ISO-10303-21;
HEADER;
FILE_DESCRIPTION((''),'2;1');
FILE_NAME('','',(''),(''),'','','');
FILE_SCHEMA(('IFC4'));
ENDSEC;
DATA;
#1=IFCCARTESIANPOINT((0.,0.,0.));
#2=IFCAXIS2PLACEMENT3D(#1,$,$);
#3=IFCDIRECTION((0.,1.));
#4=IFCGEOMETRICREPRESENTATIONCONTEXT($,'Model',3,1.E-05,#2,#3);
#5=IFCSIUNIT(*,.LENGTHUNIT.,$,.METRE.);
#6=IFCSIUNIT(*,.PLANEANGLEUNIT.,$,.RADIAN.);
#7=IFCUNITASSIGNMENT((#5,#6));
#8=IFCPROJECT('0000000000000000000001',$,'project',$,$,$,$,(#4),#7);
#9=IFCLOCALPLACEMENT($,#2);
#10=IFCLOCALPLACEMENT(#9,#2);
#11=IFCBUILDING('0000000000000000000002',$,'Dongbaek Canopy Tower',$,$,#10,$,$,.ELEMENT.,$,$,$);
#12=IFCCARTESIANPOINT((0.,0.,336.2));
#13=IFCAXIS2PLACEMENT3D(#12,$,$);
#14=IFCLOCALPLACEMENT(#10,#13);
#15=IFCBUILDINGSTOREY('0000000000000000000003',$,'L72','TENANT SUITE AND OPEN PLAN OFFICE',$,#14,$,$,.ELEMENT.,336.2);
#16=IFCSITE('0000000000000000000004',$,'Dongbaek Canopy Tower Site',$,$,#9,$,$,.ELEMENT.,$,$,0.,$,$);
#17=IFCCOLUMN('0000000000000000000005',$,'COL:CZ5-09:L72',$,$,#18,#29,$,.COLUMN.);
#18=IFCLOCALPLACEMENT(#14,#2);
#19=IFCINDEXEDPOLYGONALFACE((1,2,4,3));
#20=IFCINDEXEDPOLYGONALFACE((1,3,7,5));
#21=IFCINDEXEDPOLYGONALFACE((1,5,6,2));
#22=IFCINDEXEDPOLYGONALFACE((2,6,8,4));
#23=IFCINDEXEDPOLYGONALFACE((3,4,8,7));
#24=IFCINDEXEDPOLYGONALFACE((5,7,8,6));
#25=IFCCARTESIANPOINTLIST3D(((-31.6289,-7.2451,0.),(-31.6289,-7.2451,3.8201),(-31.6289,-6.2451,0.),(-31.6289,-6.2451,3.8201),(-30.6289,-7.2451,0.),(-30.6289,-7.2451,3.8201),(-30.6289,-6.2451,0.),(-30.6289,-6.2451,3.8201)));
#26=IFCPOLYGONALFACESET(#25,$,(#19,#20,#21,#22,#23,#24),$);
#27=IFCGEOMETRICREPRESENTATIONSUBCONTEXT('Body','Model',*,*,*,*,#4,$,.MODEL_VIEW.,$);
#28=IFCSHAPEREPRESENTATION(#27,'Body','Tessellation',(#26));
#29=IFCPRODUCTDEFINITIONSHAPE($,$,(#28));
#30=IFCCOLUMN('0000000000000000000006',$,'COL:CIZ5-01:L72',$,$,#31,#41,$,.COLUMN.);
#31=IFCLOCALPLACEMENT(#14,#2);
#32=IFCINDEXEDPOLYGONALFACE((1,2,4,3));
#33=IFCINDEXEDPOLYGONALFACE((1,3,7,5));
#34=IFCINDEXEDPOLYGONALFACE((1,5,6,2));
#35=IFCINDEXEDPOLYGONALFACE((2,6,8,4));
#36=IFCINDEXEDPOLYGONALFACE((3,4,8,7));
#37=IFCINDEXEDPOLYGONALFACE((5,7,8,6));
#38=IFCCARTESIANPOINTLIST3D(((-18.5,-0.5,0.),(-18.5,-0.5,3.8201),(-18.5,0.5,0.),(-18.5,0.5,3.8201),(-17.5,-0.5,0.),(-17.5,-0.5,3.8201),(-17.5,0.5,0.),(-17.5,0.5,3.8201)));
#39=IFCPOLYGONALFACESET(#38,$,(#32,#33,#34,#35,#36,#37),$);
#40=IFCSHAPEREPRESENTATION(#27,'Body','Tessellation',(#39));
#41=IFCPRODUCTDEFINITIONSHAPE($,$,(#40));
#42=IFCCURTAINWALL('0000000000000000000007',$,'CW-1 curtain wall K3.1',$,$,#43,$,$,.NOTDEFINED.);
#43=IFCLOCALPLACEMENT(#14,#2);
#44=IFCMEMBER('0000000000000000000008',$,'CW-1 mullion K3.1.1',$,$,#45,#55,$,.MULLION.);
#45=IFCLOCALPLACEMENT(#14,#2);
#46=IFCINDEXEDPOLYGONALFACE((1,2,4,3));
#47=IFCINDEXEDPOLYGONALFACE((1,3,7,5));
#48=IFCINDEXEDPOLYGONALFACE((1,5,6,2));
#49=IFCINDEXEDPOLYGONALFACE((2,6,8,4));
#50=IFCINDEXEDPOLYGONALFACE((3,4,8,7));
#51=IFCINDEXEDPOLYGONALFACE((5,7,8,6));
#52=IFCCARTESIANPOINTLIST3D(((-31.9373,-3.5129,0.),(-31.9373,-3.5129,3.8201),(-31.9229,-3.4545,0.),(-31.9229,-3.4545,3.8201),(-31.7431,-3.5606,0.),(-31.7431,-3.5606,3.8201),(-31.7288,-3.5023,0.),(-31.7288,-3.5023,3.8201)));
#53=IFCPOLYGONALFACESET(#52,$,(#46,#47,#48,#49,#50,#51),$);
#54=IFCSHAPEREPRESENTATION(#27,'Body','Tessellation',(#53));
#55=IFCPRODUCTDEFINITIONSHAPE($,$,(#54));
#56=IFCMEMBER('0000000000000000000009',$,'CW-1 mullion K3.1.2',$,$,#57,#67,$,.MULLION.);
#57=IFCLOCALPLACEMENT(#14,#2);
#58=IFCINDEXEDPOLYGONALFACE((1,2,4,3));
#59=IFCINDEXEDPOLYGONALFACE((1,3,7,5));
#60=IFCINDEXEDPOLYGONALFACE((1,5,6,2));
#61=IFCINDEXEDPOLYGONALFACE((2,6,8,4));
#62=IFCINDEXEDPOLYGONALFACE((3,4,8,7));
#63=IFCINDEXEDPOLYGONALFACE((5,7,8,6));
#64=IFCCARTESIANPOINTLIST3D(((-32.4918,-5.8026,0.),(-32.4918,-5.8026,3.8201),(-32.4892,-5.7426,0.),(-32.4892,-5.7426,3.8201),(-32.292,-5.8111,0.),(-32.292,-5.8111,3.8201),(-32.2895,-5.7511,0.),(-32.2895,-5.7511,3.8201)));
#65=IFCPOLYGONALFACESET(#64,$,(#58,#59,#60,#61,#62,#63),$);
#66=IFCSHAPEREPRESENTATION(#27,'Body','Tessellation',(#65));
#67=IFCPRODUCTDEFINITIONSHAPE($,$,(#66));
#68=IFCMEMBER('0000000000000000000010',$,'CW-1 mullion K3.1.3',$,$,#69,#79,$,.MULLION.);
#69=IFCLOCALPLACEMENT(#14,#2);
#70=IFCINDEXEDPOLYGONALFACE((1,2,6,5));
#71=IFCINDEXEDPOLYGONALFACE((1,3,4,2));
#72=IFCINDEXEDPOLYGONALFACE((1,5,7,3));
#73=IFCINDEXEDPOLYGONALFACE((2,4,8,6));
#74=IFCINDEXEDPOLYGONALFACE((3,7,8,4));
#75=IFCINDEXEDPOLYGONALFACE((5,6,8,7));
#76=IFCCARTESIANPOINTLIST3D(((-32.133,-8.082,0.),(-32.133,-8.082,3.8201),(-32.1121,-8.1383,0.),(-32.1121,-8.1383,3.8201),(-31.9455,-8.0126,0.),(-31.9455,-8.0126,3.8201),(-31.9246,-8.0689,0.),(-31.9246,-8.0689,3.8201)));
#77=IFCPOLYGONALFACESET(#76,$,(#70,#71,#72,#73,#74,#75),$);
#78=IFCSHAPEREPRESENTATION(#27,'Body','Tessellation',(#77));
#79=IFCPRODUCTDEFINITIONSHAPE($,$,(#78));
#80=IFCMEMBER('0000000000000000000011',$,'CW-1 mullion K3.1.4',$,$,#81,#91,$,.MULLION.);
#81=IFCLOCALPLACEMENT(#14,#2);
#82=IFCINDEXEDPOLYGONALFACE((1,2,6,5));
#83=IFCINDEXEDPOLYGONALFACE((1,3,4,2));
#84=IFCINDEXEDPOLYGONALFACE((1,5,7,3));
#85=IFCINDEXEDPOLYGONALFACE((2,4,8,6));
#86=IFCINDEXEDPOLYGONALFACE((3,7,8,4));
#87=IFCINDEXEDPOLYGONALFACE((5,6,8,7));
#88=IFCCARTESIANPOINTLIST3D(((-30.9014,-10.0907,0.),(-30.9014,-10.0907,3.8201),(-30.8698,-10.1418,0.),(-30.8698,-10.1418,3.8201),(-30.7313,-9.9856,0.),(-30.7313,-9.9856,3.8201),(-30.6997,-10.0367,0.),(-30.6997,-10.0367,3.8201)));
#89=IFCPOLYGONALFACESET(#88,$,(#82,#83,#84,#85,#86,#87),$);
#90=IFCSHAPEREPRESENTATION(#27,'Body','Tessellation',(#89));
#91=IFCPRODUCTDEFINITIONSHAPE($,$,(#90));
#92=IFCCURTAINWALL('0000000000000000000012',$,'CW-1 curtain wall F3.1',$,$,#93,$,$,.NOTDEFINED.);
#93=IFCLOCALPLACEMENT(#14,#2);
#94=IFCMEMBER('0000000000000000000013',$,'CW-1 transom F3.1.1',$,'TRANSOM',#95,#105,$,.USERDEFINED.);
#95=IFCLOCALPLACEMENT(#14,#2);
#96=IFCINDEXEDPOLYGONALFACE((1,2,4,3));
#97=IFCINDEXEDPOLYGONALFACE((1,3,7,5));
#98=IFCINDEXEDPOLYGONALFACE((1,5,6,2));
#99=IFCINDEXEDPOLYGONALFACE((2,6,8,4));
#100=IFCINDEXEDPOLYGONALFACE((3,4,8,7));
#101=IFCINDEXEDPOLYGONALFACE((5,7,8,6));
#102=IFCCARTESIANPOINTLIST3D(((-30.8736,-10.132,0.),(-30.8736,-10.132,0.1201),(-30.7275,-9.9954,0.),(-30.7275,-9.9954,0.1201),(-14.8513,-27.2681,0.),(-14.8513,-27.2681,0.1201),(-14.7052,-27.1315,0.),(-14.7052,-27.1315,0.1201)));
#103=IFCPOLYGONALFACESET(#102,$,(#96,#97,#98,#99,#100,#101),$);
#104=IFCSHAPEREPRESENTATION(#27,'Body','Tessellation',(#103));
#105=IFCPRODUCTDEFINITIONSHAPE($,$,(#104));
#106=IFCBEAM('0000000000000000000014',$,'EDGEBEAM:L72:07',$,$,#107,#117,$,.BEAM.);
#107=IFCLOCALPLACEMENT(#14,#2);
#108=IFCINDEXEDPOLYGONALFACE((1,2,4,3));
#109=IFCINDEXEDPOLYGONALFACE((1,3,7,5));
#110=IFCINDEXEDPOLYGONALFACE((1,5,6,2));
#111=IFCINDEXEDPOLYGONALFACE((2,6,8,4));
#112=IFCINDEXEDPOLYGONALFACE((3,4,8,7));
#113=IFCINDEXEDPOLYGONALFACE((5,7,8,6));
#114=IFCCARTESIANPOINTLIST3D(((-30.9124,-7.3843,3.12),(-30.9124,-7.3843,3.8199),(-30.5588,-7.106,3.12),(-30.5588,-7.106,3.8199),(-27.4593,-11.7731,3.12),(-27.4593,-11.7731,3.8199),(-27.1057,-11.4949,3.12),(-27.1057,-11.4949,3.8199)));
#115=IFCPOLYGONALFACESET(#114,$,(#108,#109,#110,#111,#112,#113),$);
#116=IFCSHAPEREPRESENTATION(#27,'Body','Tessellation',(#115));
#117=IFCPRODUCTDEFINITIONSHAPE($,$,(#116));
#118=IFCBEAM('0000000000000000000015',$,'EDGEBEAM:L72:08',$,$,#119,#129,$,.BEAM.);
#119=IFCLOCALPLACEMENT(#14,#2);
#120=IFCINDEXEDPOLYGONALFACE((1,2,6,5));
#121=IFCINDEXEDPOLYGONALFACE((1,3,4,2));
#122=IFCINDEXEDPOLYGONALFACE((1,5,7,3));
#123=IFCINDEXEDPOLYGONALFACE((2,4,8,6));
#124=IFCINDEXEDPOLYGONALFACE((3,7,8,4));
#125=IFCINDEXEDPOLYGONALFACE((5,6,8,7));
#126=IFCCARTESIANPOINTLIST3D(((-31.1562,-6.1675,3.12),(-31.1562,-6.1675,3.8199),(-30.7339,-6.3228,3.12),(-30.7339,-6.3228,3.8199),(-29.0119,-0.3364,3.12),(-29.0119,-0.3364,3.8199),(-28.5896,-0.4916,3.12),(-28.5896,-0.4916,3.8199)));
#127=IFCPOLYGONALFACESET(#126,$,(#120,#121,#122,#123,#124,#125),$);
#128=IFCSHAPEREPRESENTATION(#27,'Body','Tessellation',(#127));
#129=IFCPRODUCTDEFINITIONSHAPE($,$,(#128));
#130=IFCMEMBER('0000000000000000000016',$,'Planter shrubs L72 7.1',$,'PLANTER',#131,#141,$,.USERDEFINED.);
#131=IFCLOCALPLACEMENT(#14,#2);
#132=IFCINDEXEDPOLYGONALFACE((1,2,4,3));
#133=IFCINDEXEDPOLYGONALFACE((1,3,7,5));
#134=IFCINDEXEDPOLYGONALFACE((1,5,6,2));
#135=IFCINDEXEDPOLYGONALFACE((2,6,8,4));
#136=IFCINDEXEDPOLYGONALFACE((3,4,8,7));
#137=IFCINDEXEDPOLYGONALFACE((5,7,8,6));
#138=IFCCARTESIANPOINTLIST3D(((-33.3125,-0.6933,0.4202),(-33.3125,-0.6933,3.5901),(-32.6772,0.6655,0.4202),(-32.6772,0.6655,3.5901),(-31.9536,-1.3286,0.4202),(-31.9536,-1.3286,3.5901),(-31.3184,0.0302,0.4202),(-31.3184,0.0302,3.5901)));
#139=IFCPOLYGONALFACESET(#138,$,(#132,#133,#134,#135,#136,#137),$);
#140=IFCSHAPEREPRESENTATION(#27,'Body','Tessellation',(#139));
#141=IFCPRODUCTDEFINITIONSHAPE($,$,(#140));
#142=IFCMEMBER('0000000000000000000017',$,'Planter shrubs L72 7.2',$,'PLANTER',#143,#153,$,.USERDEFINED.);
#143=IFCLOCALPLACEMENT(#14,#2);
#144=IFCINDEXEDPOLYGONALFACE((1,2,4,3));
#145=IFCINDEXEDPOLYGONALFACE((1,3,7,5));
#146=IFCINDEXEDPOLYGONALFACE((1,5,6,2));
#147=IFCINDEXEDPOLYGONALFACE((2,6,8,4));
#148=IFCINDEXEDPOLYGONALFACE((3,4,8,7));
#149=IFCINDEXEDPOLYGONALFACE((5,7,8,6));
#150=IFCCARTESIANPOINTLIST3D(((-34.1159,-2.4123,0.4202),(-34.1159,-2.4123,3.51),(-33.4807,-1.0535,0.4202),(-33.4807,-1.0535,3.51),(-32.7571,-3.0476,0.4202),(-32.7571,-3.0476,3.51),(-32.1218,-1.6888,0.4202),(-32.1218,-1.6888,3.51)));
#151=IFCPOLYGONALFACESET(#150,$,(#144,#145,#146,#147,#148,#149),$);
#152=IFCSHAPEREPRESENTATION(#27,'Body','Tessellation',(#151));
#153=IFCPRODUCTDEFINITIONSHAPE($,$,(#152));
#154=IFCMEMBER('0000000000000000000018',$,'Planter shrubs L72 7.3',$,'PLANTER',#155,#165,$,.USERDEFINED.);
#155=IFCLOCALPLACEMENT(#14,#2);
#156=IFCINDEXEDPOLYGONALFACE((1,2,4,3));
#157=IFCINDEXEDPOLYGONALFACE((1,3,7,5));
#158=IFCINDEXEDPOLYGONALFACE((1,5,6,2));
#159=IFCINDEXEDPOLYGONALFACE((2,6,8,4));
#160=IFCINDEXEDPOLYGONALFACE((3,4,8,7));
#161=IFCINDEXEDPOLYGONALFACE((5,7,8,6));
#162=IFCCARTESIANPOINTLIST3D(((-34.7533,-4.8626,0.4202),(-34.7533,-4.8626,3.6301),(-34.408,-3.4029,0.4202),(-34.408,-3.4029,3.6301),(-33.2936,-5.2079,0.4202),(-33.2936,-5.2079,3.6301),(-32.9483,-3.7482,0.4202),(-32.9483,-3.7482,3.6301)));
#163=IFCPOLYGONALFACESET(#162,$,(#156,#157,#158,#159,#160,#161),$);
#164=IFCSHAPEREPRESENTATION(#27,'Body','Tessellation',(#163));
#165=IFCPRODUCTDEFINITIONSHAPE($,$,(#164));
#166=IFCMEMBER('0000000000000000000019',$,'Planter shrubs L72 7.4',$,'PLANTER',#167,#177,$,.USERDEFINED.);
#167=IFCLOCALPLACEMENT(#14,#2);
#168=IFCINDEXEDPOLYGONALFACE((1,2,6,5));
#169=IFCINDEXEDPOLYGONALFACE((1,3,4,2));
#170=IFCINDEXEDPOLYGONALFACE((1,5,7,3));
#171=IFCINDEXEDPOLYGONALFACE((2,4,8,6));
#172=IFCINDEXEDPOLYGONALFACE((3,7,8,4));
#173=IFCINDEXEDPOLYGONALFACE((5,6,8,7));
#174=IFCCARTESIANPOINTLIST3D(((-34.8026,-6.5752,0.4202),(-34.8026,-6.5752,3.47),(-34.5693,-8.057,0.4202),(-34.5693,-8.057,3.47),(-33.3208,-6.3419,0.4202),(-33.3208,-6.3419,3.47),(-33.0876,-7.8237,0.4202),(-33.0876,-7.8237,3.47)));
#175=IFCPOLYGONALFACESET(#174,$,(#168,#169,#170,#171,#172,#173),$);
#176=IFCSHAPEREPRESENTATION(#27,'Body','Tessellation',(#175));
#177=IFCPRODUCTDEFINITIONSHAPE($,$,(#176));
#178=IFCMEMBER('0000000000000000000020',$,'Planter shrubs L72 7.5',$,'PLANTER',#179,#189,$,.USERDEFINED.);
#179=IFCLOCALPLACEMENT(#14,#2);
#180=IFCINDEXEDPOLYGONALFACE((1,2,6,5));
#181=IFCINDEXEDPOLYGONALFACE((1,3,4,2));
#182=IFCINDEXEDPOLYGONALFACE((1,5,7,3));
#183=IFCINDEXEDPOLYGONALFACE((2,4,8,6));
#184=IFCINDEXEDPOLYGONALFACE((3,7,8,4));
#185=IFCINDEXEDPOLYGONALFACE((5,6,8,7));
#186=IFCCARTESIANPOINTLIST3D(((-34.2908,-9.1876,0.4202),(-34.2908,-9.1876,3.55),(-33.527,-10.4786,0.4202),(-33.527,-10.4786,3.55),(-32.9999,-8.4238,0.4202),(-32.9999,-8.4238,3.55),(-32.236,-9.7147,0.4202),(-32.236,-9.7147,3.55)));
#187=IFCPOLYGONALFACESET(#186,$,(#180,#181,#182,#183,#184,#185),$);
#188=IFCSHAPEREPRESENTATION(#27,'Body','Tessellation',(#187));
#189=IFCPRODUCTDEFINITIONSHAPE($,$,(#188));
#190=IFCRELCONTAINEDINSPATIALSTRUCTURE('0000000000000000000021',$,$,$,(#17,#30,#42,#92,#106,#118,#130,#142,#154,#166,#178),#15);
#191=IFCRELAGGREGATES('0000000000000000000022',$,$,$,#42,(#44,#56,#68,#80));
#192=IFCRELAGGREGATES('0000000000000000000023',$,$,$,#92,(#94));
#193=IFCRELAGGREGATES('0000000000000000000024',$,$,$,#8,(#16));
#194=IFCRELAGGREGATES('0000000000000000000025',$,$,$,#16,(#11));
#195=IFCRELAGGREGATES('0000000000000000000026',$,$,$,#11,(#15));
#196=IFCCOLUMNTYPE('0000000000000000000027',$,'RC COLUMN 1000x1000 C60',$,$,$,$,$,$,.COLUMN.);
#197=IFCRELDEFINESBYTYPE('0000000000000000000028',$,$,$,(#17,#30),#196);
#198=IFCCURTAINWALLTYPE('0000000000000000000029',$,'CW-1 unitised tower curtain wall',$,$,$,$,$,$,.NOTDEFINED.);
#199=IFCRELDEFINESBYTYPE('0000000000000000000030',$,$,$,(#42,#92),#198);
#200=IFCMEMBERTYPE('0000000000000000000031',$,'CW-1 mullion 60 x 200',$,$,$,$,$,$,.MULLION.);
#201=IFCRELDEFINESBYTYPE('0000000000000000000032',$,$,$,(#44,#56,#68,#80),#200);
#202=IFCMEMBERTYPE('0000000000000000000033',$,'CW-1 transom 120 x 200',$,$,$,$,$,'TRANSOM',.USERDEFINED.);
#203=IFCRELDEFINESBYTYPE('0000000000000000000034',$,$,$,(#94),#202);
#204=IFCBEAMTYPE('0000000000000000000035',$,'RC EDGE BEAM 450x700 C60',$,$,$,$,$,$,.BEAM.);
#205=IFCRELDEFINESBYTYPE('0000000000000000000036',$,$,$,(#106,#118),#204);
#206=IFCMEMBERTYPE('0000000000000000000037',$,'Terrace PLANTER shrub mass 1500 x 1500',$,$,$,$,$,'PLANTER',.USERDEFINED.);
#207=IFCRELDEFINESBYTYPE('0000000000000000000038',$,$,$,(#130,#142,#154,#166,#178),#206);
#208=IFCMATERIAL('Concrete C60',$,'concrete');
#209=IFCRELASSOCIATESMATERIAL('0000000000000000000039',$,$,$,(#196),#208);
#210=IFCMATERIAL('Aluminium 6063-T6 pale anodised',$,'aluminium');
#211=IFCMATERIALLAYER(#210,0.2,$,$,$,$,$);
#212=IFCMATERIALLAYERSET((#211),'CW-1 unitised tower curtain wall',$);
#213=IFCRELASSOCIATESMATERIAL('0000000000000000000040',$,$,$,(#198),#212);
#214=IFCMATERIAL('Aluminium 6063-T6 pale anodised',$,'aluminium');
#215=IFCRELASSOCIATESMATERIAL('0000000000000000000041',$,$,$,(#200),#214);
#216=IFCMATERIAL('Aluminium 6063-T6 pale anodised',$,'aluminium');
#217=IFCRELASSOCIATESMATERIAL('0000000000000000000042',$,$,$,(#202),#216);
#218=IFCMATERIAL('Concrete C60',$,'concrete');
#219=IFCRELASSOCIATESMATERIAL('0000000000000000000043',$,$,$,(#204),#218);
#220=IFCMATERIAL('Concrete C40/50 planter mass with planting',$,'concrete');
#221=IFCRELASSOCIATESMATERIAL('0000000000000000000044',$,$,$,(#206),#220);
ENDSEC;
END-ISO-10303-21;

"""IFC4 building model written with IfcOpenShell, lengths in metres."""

from ifc_helpers import new_model, si_unit, direction, frame, origin, origin_2d, place, context, subcontext, project, spatial, rectangle, extrude, material, layer, layer_set, material_profile, profile_set, type_object, element, aggregate, save


model = new_model("IFC4")

# Units and contexts
model_context = context("Model", 3, precision=1e-05, world=origin(), true_north=direction((0.0, 1.0)))
body_context = subcontext(model_context, "Body", "Model", "MODEL_VIEW")
ifc_project = project(units=[si_unit("LENGTHUNIT", "METRE"), si_unit("PLANEANGLEUNIT", "RADIAN")], contexts=[model_context])

# Site, building, storey
site_placement = place(None, origin())
site = spatial("IfcSite", under=ifc_project, at=site_placement, Name="Dongbaek Canopy Tower Site", CompositionType="ELEMENT", RefElevation=0.0)
building_placement = place(site_placement, origin())
building = spatial("IfcBuilding", under=site, at=building_placement, Name="Dongbaek Canopy Tower", CompositionType="ELEMENT")
storey_placement = place(building_placement, frame((0.0, 0.0, 336.2)))
storey = spatial("IfcBuildingStorey", under=building, at=storey_placement, Name="L72", Description="TENANT SUITE AND OPEN PLAN OFFICE", CompositionType="ELEMENT", Elevation=336.2)

# Columns
ifc_material_1 = material(Name="Concrete C60", Category="concrete")
ifc_material_profile_1 = material_profile(ifc_material_1, rectangle(XDim=1.0, YDim=1.0, at=origin_2d()), Name="RC COLUMN 1000x1000 C60")
ifc_profile_set_1 = profile_set([ifc_material_profile_1], Name="Concrete C60")
column_type = type_object("IfcColumnType", Name="RC COLUMN 1000x1000 C60", PredefinedType="COLUMN", material=ifc_profile_set_1)
for number, where, z_axis, x_axis, name in (
    (1, (-31.1289, -6.7451, 0.0), (0.0, 0.0, 1.0), (1.0, 0.0, 0.0), "COL:CZ5-09:L72"),
    (2, (-18.0, 0.0, 0.0), (0.0, 0.0, 1.0), (1.0, 0.0, 0.0), "COL:CIZ5-01:L72"),
):
    element("IfcColumn", number, at=place(storey_placement, frame(where, z_axis=z_axis, x_axis=x_axis)), inside=storey, type_object=column_type, Name=name, PredefinedType="COLUMN", context=body_context, shape_type="SweptSolid", body=[
        extrude(rectangle(XDim=1.0, YDim=1.0, at=origin_2d()), origin(), (0.0, 0.0, 1.0), 3.8201),
    ])

# Curtain wall, members
ifc_material_2 = material(Name="Aluminium 6063-T6 pale anodised", Category="aluminium")
ifc_layer_1 = layer(ifc_material_2, 0.2)
ifc_layer_set_1 = layer_set([ifc_layer_1], Name="CW-1 unitised tower curtain wall")
curtain_wall_type = type_object("IfcCurtainWallType", Name="CW-1 unitised tower curtain wall", PredefinedType="NOTDEFINED", material=ifc_layer_set_1)
curtain_wall_1_placement = place(storey_placement, origin())
curtain_wall_1 = element("IfcCurtainWall", 3, at=curtain_wall_1_placement, inside=storey, type_object=curtain_wall_type, Name="CW-1 curtain wall K3.1", PredefinedType="NOTDEFINED")
ifc_material_3 = material(Name="Aluminium 6063-T6 pale anodised", Category="aluminium")
ifc_material_profile_2 = material_profile(ifc_material_3, rectangle(XDim=0.2, YDim=0.0601, at=origin_2d()), Name="CW-1 mullion 60 x 200")
ifc_profile_set_2 = profile_set([ifc_material_profile_2], Name="Aluminium 6063-T6 pale anodised")
member_type_1 = type_object("IfcMemberType", Name="CW-1 mullion 60 x 200", PredefinedType="MULLION", material=ifc_profile_set_2)
member_1_placement = place(storey_placement, frame((-31.833, -3.5076, 0.0), z_axis=(0.0, 0.0, 1.0), x_axis=(-0.97111, 0.238632, 0.0)))
member_1 = element("IfcMember", 4, at=member_1_placement, type_object=member_type_1, Name="CW-1 mullion K3.1.1", PredefinedType="MULLION", context=body_context, shape_type="SweptSolid", body=[
    extrude(rectangle(XDim=0.2, YDim=0.0601, at=origin_2d()), origin(), (0.0, 0.0, 1.0), 3.8201),
])
member_2_placement = place(storey_placement, frame((-32.3906, -5.7769, 0.0), z_axis=(0.0, 0.0, 1.0), x_axis=(-0.999101, 0.042386, 0.0)))
member_2 = element("IfcMember", 5, at=member_2_placement, type_object=member_type_1, Name="CW-1 mullion K3.1.2", PredefinedType="MULLION", context=body_context, shape_type="SweptSolid", body=[
    extrude(rectangle(XDim=0.2, YDim=0.0601, at=origin_2d()), origin(), (0.0, 0.0, 1.0), 3.8201),
])
member_3_placement = place(storey_placement, frame((-32.0288, -8.0754, 0.0), z_axis=(0.0, 0.0, 1.0), x_axis=(-0.937745, -0.347325, 0.0)))
member_3 = element("IfcMember", 6, at=member_3_placement, type_object=member_type_1, Name="CW-1 mullion K3.1.3", PredefinedType="MULLION", context=body_context, shape_type="SweptSolid", body=[
    extrude(rectangle(XDim=0.2, YDim=0.0601, at=origin_2d()), origin(), (0.0, 0.0, 1.0), 3.8201),
])
member_4_placement = place(storey_placement, frame((-30.8005, -10.0637, 0.0), z_axis=(0.0, 0.0, 1.0), x_axis=(-0.850808, -0.525476, 0.0)))
member_4 = element("IfcMember", 7, at=member_4_placement, type_object=member_type_1, Name="CW-1 mullion K3.1.4", PredefinedType="MULLION", context=body_context, shape_type="SweptSolid", body=[
    extrude(rectangle(XDim=0.2, YDim=0.0601, at=origin_2d()), origin(), (0.0, 0.0, 1.0), 3.8201),
])

# Curtain wall, member
curtain_wall_2_placement = place(storey_placement, origin())
curtain_wall_2 = element("IfcCurtainWall", 8, at=curtain_wall_2_placement, inside=storey, type_object=curtain_wall_type, Name="CW-1 curtain wall F3.1", PredefinedType="NOTDEFINED")
ifc_material_4 = material(Name="Aluminium 6063-T6 pale anodised", Category="aluminium")
ifc_material_profile_3 = material_profile(ifc_material_4, rectangle(XDim=0.2, YDim=0.1201, at=origin_2d()), Name="CW-1 transom 120 x 200")
ifc_profile_set_3 = profile_set([ifc_material_profile_3], Name="Aluminium 6063-T6 pale anodised")
member_type_2 = type_object("IfcMemberType", Name="CW-1 transom 120 x 200", ElementType="TRANSOM", PredefinedType="USERDEFINED", material=ifc_profile_set_3)
member_5_placement = place(storey_placement, frame((-30.8005, -10.0637, 0.0601), z_axis=(0.68297, -0.730446, 0.0), x_axis=(0.730446, 0.68297, 0.0)))
member_5 = element("IfcMember", 9, at=member_5_placement, type_object=member_type_2, Name="CW-1 transom F3.1.1", ObjectType="TRANSOM", PredefinedType="USERDEFINED", context=body_context, shape_type="SweptSolid", body=[
    extrude(rectangle(XDim=0.2, YDim=0.1201, at=origin_2d()), origin(), (0.0, 0.0, 1.0), 23.4597),
])

# Beams
ifc_material_5 = material(Name="Concrete C60", Category="concrete")
ifc_material_profile_4 = material_profile(ifc_material_5, rectangle(XDim=0.45, YDim=0.7, at=origin_2d()), Name="RC EDGE BEAM 450x700 C60")
ifc_profile_set_4 = profile_set([ifc_material_profile_4], Name="Concrete C60")
beam_type = type_object("IfcBeamType", Name="RC EDGE BEAM 450x700 C60", PredefinedType="BEAM", material=ifc_profile_set_4)
beam_1_placement = place(storey_placement, frame((-27.2825, -11.634, 3.47), z_axis=(-0.618341, 0.78591, 0.0), x_axis=(-0.78591, -0.618341, 0.0)))
element("IfcBeam", 10, at=beam_1_placement, inside=storey, type_object=beam_type, Name="EDGEBEAM:L72:07", PredefinedType="BEAM", context=body_context, shape_type="SweptSolid", body=[
    extrude(rectangle(XDim=0.45, YDim=0.7, at=origin_2d()), origin(), (0.0, 0.0, 1.0), 5.5845),
])
beam_2_placement = place(storey_placement, frame((-30.9451, -6.2451, 3.47), z_axis=(0.345139, 0.938552, 0.0), x_axis=(-0.938552, 0.345139, 0.0)))
element("IfcBeam", 11, at=beam_2_placement, inside=storey, type_object=beam_type, Name="EDGEBEAM:L72:08", PredefinedType="BEAM", context=body_context, shape_type="SweptSolid", body=[
    extrude(rectangle(XDim=0.45, YDim=0.7, at=origin_2d()), origin(), (0.0, 0.0, 1.0), 6.2129),
])

# Members
ifc_material_6 = material(Name="Concrete C40/50 planter mass with planting", Category="concrete")
ifc_material_profile_5 = material_profile(ifc_material_6, rectangle(XDim=1.5, YDim=1.5, at=origin_2d()), Name="Terrace PLANTER shrub mass 1500 x 1500")
ifc_profile_set_5 = profile_set([ifc_material_profile_5], Name="Concrete C40/50 planter mass with planting")
member_type_3 = type_object("IfcMemberType", Name="Terrace PLANTER shrub mass 1500 x 1500", ElementType="PLANTER", PredefinedType="USERDEFINED", material=ifc_profile_set_5)
member_6_placement = place(storey_placement, frame((-32.3154, -0.3315, 0.4202), z_axis=(0.0, 0.0, 1.0), x_axis=(-0.905889, 0.423515, 0.0)))
element("IfcMember", 12, at=member_6_placement, inside=storey, type_object=member_type_3, Name="Planter shrubs L72 7.1", ObjectType="PLANTER", PredefinedType="USERDEFINED", context=body_context, shape_type="SweptSolid", body=[
    extrude(rectangle(XDim=1.5, YDim=1.5, at=origin_2d()), origin(), (0.0, 0.0, 1.0), 3.1699),
])
member_7_placement = place(storey_placement, frame((-33.1189, -2.0505, 0.4202), z_axis=(0.0, 0.0, 1.0), x_axis=(-0.905889, 0.423515, 0.0)))
element("IfcMember", 13, at=member_7_placement, inside=storey, type_object=member_type_3, Name="Planter shrubs L72 7.2", ObjectType="PLANTER", PredefinedType="USERDEFINED", context=body_context, shape_type="SweptSolid", body=[
    extrude(rectangle(XDim=1.5, YDim=1.5, at=origin_2d()), origin(), (0.0, 0.0, 1.0), 3.0898),
])
member_8_placement = place(storey_placement, frame((-33.8508, -4.3054, 0.4202), z_axis=(0.0, 0.0, 1.0), x_axis=(-0.973144, 0.230198, 0.0)))
element("IfcMember", 14, at=member_8_placement, inside=storey, type_object=member_type_3, Name="Planter shrubs L72 7.3", ObjectType="PLANTER", PredefinedType="USERDEFINED", context=body_context, shape_type="SweptSolid", body=[
    extrude(rectangle(XDim=1.5, YDim=1.5, at=origin_2d()), origin(), (0.0, 0.0, 1.0), 3.21),
])
member_9_placement = place(storey_placement, frame((-33.9451, -7.1995, 0.4202), z_axis=(0.0, 0.0, 1.0), x_axis=(-0.987832, -0.155525, 0.0)))
element("IfcMember", 15, at=member_9_placement, inside=storey, type_object=member_type_3, Name="Planter shrubs L72 7.4", ObjectType="PLANTER", PredefinedType="USERDEFINED", context=body_context, shape_type="SweptSolid", body=[
    extrude(rectangle(XDim=1.5, YDim=1.5, at=origin_2d()), origin(), (0.0, 0.0, 1.0), 3.0498),
])
member_10_placement = place(storey_placement, frame((-33.2634, -9.4512, 0.4202), z_axis=(0.0, 0.0, 1.0), x_axis=(-0.860622, -0.509245, 0.0)))
element("IfcMember", 16, at=member_10_placement, inside=storey, type_object=member_type_3, Name="Planter shrubs L72 7.5", ObjectType="PLANTER", PredefinedType="USERDEFINED", context=body_context, shape_type="SweptSolid", body=[
    extrude(rectangle(XDim=1.5, YDim=1.5, at=origin_2d()), origin(), (0.0, 0.0, 1.0), 3.1299),
])

aggregate(curtain_wall_1, [member_1, member_2, member_3, member_4])

aggregate(curtain_wall_2, [member_5])

save(model, "model.ifc")
